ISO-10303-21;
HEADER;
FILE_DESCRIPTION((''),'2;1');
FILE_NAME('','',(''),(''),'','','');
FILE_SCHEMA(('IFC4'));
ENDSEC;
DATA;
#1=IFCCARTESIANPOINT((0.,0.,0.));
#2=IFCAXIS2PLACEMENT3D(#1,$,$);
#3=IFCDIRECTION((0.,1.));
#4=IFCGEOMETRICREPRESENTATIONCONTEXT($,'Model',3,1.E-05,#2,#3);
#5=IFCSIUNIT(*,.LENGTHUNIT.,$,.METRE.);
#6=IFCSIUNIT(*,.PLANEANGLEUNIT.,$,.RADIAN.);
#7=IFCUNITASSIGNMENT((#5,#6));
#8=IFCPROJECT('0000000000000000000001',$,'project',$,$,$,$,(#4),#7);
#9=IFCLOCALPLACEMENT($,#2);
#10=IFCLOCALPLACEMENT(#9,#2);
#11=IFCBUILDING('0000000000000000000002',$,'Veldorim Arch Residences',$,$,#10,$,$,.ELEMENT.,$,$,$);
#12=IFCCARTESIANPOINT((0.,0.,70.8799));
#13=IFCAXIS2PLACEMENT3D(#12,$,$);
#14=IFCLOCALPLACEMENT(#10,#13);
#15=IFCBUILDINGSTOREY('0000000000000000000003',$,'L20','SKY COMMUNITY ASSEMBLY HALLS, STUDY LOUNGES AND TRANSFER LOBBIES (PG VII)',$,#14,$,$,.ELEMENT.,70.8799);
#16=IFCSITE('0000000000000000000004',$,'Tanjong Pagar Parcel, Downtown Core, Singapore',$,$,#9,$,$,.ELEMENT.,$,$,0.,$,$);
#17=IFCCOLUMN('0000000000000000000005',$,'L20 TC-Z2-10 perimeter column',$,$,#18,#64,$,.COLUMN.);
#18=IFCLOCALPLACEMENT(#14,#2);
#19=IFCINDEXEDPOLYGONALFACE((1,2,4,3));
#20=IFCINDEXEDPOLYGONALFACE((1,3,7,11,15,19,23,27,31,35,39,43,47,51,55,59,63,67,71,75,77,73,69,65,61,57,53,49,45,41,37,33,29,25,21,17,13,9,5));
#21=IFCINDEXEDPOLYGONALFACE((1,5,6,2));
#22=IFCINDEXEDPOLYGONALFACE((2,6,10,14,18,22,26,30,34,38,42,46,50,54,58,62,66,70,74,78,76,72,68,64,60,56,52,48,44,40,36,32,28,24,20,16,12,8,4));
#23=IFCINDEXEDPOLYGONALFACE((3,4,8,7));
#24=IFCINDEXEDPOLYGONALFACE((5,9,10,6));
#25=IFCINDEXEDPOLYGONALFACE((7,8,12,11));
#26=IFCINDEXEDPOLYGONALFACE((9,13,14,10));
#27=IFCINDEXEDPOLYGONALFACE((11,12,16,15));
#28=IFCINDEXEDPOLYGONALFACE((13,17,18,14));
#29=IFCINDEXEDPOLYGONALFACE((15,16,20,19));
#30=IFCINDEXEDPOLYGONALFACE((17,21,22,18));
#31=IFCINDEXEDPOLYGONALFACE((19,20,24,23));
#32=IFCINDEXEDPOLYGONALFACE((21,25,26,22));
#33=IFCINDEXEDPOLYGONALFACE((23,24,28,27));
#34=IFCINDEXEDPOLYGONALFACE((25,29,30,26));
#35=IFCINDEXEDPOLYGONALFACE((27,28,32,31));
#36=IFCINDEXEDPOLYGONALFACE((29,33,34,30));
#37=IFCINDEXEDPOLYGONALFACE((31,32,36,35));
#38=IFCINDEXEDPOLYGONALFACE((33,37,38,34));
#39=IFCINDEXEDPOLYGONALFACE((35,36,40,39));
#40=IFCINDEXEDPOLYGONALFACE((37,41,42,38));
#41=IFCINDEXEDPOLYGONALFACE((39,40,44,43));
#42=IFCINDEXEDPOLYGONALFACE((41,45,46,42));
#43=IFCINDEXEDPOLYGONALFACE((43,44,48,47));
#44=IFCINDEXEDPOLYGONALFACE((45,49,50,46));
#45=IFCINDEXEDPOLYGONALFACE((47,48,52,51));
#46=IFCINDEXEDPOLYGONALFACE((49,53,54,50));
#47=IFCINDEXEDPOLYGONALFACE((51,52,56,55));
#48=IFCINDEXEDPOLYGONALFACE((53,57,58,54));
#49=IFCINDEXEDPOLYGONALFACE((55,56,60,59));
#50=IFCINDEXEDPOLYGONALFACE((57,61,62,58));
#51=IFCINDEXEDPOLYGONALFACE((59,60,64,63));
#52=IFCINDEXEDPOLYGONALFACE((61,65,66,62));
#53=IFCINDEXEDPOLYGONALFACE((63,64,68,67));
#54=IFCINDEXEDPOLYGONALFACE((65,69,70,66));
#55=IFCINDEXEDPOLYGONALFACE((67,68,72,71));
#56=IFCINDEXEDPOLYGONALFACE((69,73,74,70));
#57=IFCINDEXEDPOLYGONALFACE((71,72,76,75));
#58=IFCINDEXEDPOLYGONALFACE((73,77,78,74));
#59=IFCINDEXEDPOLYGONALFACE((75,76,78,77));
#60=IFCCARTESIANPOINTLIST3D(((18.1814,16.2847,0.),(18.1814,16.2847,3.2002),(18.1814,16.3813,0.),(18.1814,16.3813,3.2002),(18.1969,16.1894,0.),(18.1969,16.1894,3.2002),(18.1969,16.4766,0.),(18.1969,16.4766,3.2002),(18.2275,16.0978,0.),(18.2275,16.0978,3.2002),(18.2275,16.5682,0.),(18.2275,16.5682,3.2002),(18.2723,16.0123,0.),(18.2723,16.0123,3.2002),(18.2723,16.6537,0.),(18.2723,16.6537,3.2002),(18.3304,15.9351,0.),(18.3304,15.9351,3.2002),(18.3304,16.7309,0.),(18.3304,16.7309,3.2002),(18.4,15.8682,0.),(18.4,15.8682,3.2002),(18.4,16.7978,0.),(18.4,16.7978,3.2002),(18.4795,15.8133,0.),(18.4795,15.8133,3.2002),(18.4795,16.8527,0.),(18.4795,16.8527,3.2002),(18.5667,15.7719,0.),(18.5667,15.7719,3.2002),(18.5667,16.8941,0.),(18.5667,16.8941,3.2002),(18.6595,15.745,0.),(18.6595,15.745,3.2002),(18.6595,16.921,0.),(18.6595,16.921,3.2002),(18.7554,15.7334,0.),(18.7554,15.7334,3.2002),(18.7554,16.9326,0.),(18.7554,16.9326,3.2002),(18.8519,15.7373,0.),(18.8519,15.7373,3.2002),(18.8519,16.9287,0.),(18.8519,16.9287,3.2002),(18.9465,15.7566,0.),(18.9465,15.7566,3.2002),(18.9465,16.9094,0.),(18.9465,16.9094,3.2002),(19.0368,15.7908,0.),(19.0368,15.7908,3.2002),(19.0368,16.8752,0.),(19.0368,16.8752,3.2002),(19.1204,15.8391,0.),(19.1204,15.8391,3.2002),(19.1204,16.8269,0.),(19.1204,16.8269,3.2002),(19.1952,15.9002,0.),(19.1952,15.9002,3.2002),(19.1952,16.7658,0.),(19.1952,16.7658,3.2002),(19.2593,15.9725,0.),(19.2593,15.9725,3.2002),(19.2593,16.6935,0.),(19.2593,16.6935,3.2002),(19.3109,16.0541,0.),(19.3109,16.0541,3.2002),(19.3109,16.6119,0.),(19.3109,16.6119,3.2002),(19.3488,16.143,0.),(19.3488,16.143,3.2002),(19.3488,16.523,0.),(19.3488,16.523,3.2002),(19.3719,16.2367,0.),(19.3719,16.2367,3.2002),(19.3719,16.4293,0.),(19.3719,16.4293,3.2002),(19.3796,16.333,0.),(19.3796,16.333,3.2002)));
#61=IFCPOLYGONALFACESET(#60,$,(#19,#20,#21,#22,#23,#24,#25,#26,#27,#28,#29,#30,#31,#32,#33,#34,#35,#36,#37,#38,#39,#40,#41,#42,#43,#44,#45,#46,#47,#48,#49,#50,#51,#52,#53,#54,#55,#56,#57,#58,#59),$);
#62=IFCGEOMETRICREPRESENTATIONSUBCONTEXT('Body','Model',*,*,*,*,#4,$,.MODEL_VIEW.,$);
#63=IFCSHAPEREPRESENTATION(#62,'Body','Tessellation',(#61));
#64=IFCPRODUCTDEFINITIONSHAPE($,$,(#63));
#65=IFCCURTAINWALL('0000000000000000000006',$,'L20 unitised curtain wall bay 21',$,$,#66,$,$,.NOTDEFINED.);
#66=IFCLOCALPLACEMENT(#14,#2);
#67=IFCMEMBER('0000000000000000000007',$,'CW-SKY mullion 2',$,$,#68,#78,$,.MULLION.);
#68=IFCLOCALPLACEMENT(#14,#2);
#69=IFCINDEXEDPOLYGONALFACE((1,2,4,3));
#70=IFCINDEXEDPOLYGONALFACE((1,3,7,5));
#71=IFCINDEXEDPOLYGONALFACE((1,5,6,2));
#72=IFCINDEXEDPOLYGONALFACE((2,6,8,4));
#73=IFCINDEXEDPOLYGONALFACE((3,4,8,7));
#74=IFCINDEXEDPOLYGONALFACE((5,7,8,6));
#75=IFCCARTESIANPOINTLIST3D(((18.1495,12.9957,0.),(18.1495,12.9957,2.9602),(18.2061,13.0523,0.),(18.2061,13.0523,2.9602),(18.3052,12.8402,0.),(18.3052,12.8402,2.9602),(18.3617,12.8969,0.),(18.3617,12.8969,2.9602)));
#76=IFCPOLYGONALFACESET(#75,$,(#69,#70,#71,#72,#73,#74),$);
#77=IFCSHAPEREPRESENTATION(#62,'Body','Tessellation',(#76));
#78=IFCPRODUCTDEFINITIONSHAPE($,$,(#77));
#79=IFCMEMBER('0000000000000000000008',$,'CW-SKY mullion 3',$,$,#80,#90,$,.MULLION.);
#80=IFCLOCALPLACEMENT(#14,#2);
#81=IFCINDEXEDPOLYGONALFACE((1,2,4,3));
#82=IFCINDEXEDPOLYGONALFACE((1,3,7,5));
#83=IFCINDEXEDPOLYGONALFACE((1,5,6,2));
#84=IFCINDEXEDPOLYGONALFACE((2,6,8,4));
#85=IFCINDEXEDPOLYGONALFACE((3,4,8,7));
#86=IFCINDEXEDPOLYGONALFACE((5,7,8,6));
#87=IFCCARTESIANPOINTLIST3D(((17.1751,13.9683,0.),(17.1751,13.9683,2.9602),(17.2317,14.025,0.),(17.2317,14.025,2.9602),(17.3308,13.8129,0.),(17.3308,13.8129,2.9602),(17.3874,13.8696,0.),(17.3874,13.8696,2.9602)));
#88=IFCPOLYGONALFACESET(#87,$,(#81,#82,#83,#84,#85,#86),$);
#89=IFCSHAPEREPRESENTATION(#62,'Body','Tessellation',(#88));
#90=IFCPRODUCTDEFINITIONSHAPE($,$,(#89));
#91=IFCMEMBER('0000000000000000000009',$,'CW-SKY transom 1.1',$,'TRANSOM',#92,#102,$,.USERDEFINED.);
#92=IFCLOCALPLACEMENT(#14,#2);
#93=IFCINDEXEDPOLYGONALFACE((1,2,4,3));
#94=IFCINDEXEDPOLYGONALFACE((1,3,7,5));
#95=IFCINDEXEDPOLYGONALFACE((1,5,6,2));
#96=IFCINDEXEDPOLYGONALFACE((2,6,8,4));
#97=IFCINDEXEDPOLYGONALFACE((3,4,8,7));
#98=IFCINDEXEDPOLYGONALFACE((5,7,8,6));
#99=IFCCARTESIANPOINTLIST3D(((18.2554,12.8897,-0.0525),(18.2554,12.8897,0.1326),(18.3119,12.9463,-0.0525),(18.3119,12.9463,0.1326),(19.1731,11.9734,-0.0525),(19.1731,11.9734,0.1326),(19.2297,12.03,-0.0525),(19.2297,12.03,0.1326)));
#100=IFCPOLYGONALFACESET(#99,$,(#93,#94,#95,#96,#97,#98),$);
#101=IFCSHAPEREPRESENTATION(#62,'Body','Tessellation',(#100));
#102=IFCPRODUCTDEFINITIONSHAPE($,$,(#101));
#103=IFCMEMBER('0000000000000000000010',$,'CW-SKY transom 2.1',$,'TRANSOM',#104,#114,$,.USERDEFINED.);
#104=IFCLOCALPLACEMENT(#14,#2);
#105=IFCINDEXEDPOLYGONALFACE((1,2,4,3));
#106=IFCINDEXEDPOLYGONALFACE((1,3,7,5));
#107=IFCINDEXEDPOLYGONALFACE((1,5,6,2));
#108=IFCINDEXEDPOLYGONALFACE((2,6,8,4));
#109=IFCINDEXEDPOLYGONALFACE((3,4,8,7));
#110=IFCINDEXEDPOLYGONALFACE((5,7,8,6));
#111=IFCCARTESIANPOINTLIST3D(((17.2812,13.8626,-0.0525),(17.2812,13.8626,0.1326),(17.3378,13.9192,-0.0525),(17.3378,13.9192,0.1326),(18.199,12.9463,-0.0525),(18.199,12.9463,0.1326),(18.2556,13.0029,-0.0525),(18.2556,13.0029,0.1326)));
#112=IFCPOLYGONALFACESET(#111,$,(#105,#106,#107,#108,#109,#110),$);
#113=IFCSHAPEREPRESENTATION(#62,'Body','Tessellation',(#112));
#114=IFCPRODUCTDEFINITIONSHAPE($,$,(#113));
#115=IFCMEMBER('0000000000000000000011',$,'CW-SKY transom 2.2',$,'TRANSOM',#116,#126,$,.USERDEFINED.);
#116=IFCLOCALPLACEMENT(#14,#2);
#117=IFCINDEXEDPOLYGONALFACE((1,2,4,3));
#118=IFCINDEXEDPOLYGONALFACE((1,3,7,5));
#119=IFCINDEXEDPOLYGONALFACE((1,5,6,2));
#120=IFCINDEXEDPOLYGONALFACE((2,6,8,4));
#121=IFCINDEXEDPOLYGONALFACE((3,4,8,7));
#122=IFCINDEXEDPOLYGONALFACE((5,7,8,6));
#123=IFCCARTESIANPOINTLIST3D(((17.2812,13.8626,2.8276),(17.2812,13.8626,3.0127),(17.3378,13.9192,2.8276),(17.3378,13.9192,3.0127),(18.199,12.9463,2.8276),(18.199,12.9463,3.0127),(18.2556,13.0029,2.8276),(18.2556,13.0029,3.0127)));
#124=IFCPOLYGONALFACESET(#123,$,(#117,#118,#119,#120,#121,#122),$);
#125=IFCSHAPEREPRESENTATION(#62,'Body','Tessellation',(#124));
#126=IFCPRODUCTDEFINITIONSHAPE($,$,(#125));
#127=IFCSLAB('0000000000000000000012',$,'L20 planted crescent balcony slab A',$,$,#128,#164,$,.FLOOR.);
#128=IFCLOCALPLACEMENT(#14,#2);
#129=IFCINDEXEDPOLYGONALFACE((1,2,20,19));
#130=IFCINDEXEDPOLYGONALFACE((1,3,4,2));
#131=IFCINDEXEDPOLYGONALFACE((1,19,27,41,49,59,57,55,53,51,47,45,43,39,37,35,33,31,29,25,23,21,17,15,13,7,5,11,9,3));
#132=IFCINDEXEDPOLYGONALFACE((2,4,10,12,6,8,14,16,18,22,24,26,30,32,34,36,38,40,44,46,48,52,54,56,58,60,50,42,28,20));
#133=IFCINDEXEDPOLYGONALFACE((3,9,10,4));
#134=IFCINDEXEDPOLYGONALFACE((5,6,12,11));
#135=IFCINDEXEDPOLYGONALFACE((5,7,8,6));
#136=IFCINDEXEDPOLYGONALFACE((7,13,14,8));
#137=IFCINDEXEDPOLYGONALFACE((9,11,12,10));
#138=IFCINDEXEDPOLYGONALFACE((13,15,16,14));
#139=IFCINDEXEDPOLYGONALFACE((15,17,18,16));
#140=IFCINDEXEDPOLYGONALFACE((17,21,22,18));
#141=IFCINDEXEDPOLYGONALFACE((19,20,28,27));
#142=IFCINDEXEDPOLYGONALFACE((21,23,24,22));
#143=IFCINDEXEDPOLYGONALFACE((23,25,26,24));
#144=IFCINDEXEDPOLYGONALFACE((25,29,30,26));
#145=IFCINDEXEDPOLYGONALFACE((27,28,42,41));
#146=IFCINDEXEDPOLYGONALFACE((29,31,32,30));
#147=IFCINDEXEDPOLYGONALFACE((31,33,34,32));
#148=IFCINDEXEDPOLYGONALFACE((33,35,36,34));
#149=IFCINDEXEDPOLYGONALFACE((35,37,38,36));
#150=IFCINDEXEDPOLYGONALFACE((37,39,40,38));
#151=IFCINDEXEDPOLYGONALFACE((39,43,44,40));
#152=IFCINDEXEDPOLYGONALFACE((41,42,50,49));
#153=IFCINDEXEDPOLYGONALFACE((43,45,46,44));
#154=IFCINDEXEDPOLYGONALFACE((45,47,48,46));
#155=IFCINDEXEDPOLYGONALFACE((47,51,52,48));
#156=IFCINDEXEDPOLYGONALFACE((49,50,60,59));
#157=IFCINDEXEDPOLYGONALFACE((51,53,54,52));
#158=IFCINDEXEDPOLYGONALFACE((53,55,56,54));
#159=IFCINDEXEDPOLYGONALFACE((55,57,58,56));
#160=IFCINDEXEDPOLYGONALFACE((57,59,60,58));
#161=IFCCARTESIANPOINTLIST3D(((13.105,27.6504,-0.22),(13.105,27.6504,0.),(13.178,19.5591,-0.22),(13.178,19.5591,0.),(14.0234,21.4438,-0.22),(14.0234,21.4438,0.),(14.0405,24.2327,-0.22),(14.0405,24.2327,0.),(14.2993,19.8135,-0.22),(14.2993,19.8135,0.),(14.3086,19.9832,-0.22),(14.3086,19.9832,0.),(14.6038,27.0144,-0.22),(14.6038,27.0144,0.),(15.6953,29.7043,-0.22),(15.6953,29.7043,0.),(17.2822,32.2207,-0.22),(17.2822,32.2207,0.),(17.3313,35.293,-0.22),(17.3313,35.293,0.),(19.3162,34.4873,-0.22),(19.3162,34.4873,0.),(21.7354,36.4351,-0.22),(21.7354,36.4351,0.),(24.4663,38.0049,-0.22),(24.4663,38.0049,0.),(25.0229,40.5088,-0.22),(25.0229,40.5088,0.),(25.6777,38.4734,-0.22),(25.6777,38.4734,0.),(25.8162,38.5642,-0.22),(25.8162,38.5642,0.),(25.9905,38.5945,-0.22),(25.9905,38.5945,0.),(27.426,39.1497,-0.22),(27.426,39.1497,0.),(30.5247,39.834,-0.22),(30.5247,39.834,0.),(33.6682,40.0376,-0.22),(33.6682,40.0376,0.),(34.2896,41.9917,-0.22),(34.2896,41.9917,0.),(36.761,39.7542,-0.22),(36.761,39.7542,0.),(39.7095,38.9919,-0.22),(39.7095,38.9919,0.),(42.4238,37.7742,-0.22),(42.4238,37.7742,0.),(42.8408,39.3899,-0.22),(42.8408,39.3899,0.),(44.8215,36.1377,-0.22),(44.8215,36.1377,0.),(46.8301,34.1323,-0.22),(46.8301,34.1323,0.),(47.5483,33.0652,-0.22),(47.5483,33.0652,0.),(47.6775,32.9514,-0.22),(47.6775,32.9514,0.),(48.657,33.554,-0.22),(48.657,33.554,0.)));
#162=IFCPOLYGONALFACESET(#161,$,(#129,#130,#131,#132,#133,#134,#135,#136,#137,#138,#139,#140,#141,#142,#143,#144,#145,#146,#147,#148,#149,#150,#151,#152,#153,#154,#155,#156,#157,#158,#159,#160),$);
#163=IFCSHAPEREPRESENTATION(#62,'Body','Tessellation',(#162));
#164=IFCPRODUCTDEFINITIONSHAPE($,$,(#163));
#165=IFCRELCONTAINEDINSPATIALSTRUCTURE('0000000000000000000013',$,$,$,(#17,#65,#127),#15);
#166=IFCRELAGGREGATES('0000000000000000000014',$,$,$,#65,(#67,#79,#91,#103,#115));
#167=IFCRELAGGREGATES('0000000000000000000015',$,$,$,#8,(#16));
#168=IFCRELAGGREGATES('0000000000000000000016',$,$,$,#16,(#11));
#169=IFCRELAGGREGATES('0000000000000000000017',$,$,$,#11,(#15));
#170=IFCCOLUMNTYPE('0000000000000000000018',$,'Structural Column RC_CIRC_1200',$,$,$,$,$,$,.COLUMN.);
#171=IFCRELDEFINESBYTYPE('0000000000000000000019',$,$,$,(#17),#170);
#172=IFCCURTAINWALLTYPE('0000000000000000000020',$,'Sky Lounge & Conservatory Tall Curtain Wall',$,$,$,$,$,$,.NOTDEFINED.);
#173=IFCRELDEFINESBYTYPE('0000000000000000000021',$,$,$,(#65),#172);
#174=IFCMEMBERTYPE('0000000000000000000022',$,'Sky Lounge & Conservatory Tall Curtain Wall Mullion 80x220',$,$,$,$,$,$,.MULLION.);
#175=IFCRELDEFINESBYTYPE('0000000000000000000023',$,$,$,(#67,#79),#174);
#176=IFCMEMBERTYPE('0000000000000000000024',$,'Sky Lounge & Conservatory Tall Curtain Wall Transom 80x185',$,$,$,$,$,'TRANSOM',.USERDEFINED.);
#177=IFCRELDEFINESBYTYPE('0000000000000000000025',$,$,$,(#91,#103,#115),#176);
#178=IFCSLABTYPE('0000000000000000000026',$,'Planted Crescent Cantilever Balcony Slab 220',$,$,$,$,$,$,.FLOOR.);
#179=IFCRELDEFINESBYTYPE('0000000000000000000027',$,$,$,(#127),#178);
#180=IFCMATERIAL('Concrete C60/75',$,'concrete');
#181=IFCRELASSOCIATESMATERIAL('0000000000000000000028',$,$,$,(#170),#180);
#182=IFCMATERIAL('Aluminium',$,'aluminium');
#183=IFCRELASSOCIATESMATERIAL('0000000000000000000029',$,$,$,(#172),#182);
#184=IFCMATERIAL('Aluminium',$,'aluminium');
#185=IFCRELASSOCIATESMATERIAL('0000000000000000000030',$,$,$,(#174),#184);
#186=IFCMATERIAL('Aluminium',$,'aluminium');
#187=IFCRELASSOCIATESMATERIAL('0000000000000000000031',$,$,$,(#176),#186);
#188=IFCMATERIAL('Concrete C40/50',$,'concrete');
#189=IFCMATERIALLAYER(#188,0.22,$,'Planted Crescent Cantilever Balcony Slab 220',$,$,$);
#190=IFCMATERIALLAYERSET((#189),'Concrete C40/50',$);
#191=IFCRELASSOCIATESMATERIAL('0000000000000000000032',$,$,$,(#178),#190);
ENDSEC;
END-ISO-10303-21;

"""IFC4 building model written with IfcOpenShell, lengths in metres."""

from ifc_helpers import new_model, si_unit, direction, frame, origin, origin_2d, place, context, subcontext, project, spatial, polyline, rectangle, circle, outline, extrude, material, layer, layer_set, material_profile, profile_set, type_object, element, aggregate, save


model = new_model("IFC4")

# Units and contexts
model_context = context("Model", 3, precision=1e-05, world=origin(), true_north=direction((0.0, 1.0)))
body_context = subcontext(model_context, "Body", "Model", "MODEL_VIEW")
ifc_project = project(units=[si_unit("LENGTHUNIT", "METRE"), si_unit("PLANEANGLEUNIT", "RADIAN")], contexts=[model_context])

# Site, building, storey
site_placement = place(None, origin())
site = spatial("IfcSite", under=ifc_project, at=site_placement, Name="Tanjong Pagar Parcel, Downtown Core, Singapore", CompositionType="ELEMENT", RefElevation=0.0)
building_placement = place(site_placement, origin())
building = spatial("IfcBuilding", under=site, at=building_placement, Name="Veldorim Arch Residences", CompositionType="ELEMENT")
storey_placement = place(building_placement, frame((0.0, 0.0, 70.8799)))
storey = spatial("IfcBuildingStorey", under=building, at=storey_placement, Name="L20", Description="SKY COMMUNITY ASSEMBLY HALLS, STUDY LOUNGES AND TRANSFER LOBBIES (PG VII)", CompositionType="ELEMENT", Elevation=70.8799)

# Column
ifc_material_1 = material(Name="Concrete C60/75", Category="concrete")
ifc_material_profile_1 = material_profile(ifc_material_1, circle(Radius=0.6001, at=origin_2d()), Name="RC_CIRC_1200")
ifc_profile_set_1 = profile_set([ifc_material_profile_1], Name="Concrete C60/75")
column_type = type_object("IfcColumnType", Name="Structural Column RC_CIRC_1200", PredefinedType="COLUMN", material=ifc_profile_set_1)
column_placement = place(storey_placement, frame((18.7795, 16.333, 0.0), z_axis=(0.0, 0.0, 1.0), x_axis=(1.0, 0.0, 0.0)))
element("IfcColumn", 1, at=column_placement, inside=storey, type_object=column_type, Name="L20 TC-Z2-10 perimeter column", PredefinedType="COLUMN", context=body_context, shape_type="SweptSolid", body=[
    extrude(circle(Radius=0.6001, at=origin_2d()), origin(), (0.0, 0.0, 1.0), 3.2002),
])

# Curtain wall, members
ifc_material_2 = material(Name="Aluminium", Category="aluminium")
curtain_wall_type = type_object("IfcCurtainWallType", Name="Sky Lounge & Conservatory Tall Curtain Wall", PredefinedType="NOTDEFINED", material=ifc_material_2)
curtain_wall_placement = place(storey_placement, origin())
curtain_wall = element("IfcCurtainWall", 2, at=curtain_wall_placement, inside=storey, type_object=curtain_wall_type, Name="L20 unitised curtain wall bay 21", PredefinedType="NOTDEFINED")
ifc_material_3 = material(Name="Aluminium", Category="aluminium")
ifc_material_profile_2 = material_profile(ifc_material_3, rectangle(XDim=0.0801, YDim=0.22, at=origin_2d()), Name="ALU_MUL_80x220")
ifc_profile_set_2 = profile_set([ifc_material_profile_2], Name="Aluminium")
member_type_1 = type_object("IfcMemberType", Name="Sky Lounge & Conservatory Tall Curtain Wall Mullion 80x220", PredefinedType="MULLION", material=ifc_profile_set_2)
member_1_placement = place(storey_placement, frame((18.2556, 12.9463, 0.0), z_axis=(0.0, 0.0, 1.0), x_axis=(-0.706577, -0.707636, 0.0)))
member_1 = element("IfcMember", 3, at=member_1_placement, type_object=member_type_1, Name="CW-SKY mullion 2", PredefinedType="MULLION", context=body_context, shape_type="SweptSolid", body=[
    extrude(rectangle(XDim=0.0801, YDim=0.22, at=origin_2d()), origin(), (0.0, 0.0, 1.0), 2.9602),
])
member_2_placement = place(storey_placement, frame((17.2812, 13.9189, 0.0), z_axis=(0.0, 0.0, 1.0), x_axis=(-0.706577, -0.707636, 0.0)))
member_2 = element("IfcMember", 4, at=member_2_placement, type_object=member_type_1, Name="CW-SKY mullion 3", PredefinedType="MULLION", context=body_context, shape_type="SweptSolid", body=[
    extrude(rectangle(XDim=0.0801, YDim=0.22, at=origin_2d()), origin(), (0.0, 0.0, 1.0), 2.9602),
])
ifc_material_4 = material(Name="Aluminium", Category="aluminium")
ifc_material_profile_3 = material_profile(ifc_material_4, rectangle(XDim=0.0801, YDim=0.1851, at=origin_2d()), Name="ALU_TRN_80x185")
ifc_profile_set_3 = profile_set([ifc_material_profile_3], Name="Aluminium")
member_type_2 = type_object("IfcMemberType", Name="Sky Lounge & Conservatory Tall Curtain Wall Transom 80x185", ElementType="TRANSOM", PredefinedType="USERDEFINED", material=ifc_profile_set_3)
member_3_placement = place(storey_placement, frame((19.2014, 12.0017, 0.04), z_axis=(-0.707671, 0.706542, 0.0), x_axis=(-0.706542, -0.707671, 0.0)))
member_3 = element("IfcMember", 5, at=member_3_placement, type_object=member_type_2, Name="CW-SKY transom 1.1", ObjectType="TRANSOM", PredefinedType="USERDEFINED", context=body_context, shape_type="SweptSolid", body=[
    extrude(rectangle(XDim=0.0801, YDim=0.1851, at=origin_2d()), origin(), (0.0, 0.0, 1.0), 1.2969),
])
member_4_placement = place(storey_placement, frame((18.2273, 12.9746, 0.04), z_axis=(-0.707671, 0.706542, 0.0), x_axis=(-0.706542, -0.707671, 0.0)))
member_4 = element("IfcMember", 6, at=member_4_placement, type_object=member_type_2, Name="CW-SKY transom 2.1", ObjectType="TRANSOM", PredefinedType="USERDEFINED", context=body_context, shape_type="SweptSolid", body=[
    extrude(rectangle(XDim=0.0801, YDim=0.1851, at=origin_2d()), origin(), (0.0, 0.0, 1.0), 1.2969),
])
member_5_placement = place(storey_placement, frame((18.2273, 12.9746, 2.9202), z_axis=(-0.707671, 0.706542, 0.0), x_axis=(-0.706542, -0.707671, 0.0)))
member_5 = element("IfcMember", 7, at=member_5_placement, type_object=member_type_2, Name="CW-SKY transom 2.2", ObjectType="TRANSOM", PredefinedType="USERDEFINED", context=body_context, shape_type="SweptSolid", body=[
    extrude(rectangle(XDim=0.0801, YDim=0.1851, at=origin_2d()), origin(), (0.0, 0.0, 1.0), 1.2969),
])

# Slab
ifc_material_5 = material(Name="Concrete C40/50", Category="concrete")
ifc_layer_1 = layer(ifc_material_5, 0.22, Name="Planted Crescent Cantilever Balcony Slab 220")
ifc_layer_set_1 = layer_set([ifc_layer_1], Name="Concrete C40/50")
slab_type_1 = type_object("IfcSlabType", Name="Planted Crescent Cantilever Balcony Slab 220", PredefinedType="FLOOR", material=ifc_layer_set_1)
slab_1_placement = place(storey_placement, frame((0.0, 0.0, -0.22)))
element("IfcSlab", 8, at=slab_1_placement, inside=storey, type_object=slab_type_1, Name="L20 planted crescent balcony slab A", PredefinedType="FLOOR", context=body_context, shape_type="SweptSolid", body=[
    extrude(outline(polyline([(47.5483, 33.0652), (46.8301, 34.1323), (44.8215, 36.1377), (42.4238, 37.7742), (39.7095, 38.9919), (36.761, 39.7542), (33.6682, 40.0376), (30.5247, 39.834), (27.426, 39.1497), (25.9905, 38.5945), (25.8162, 38.5642), (25.6777, 38.4734), (24.4663, 38.0049), (21.7354, 36.4351), (19.3162, 34.4873), (17.2822, 32.2207), (15.6953, 29.7043), (14.6038, 27.0144), (14.0405, 24.2327), (14.0234, 21.4438), (14.3086, 19.9832), (14.2993, 19.8135), (13.178, 19.5591), (13.105, 27.6504), (17.3313, 35.293), (25.0229, 40.5088), (34.2896, 41.9917), (42.8408, 39.3899), (48.657, 33.554), (47.6775, 32.9514), (47.5483, 33.0652)])), origin(), (0.0, 0.0, 1.0), 0.22),
])

aggregate(curtain_wall, [member_1, member_2, member_3, member_4, member_5])

save(model, "model.ifc")
